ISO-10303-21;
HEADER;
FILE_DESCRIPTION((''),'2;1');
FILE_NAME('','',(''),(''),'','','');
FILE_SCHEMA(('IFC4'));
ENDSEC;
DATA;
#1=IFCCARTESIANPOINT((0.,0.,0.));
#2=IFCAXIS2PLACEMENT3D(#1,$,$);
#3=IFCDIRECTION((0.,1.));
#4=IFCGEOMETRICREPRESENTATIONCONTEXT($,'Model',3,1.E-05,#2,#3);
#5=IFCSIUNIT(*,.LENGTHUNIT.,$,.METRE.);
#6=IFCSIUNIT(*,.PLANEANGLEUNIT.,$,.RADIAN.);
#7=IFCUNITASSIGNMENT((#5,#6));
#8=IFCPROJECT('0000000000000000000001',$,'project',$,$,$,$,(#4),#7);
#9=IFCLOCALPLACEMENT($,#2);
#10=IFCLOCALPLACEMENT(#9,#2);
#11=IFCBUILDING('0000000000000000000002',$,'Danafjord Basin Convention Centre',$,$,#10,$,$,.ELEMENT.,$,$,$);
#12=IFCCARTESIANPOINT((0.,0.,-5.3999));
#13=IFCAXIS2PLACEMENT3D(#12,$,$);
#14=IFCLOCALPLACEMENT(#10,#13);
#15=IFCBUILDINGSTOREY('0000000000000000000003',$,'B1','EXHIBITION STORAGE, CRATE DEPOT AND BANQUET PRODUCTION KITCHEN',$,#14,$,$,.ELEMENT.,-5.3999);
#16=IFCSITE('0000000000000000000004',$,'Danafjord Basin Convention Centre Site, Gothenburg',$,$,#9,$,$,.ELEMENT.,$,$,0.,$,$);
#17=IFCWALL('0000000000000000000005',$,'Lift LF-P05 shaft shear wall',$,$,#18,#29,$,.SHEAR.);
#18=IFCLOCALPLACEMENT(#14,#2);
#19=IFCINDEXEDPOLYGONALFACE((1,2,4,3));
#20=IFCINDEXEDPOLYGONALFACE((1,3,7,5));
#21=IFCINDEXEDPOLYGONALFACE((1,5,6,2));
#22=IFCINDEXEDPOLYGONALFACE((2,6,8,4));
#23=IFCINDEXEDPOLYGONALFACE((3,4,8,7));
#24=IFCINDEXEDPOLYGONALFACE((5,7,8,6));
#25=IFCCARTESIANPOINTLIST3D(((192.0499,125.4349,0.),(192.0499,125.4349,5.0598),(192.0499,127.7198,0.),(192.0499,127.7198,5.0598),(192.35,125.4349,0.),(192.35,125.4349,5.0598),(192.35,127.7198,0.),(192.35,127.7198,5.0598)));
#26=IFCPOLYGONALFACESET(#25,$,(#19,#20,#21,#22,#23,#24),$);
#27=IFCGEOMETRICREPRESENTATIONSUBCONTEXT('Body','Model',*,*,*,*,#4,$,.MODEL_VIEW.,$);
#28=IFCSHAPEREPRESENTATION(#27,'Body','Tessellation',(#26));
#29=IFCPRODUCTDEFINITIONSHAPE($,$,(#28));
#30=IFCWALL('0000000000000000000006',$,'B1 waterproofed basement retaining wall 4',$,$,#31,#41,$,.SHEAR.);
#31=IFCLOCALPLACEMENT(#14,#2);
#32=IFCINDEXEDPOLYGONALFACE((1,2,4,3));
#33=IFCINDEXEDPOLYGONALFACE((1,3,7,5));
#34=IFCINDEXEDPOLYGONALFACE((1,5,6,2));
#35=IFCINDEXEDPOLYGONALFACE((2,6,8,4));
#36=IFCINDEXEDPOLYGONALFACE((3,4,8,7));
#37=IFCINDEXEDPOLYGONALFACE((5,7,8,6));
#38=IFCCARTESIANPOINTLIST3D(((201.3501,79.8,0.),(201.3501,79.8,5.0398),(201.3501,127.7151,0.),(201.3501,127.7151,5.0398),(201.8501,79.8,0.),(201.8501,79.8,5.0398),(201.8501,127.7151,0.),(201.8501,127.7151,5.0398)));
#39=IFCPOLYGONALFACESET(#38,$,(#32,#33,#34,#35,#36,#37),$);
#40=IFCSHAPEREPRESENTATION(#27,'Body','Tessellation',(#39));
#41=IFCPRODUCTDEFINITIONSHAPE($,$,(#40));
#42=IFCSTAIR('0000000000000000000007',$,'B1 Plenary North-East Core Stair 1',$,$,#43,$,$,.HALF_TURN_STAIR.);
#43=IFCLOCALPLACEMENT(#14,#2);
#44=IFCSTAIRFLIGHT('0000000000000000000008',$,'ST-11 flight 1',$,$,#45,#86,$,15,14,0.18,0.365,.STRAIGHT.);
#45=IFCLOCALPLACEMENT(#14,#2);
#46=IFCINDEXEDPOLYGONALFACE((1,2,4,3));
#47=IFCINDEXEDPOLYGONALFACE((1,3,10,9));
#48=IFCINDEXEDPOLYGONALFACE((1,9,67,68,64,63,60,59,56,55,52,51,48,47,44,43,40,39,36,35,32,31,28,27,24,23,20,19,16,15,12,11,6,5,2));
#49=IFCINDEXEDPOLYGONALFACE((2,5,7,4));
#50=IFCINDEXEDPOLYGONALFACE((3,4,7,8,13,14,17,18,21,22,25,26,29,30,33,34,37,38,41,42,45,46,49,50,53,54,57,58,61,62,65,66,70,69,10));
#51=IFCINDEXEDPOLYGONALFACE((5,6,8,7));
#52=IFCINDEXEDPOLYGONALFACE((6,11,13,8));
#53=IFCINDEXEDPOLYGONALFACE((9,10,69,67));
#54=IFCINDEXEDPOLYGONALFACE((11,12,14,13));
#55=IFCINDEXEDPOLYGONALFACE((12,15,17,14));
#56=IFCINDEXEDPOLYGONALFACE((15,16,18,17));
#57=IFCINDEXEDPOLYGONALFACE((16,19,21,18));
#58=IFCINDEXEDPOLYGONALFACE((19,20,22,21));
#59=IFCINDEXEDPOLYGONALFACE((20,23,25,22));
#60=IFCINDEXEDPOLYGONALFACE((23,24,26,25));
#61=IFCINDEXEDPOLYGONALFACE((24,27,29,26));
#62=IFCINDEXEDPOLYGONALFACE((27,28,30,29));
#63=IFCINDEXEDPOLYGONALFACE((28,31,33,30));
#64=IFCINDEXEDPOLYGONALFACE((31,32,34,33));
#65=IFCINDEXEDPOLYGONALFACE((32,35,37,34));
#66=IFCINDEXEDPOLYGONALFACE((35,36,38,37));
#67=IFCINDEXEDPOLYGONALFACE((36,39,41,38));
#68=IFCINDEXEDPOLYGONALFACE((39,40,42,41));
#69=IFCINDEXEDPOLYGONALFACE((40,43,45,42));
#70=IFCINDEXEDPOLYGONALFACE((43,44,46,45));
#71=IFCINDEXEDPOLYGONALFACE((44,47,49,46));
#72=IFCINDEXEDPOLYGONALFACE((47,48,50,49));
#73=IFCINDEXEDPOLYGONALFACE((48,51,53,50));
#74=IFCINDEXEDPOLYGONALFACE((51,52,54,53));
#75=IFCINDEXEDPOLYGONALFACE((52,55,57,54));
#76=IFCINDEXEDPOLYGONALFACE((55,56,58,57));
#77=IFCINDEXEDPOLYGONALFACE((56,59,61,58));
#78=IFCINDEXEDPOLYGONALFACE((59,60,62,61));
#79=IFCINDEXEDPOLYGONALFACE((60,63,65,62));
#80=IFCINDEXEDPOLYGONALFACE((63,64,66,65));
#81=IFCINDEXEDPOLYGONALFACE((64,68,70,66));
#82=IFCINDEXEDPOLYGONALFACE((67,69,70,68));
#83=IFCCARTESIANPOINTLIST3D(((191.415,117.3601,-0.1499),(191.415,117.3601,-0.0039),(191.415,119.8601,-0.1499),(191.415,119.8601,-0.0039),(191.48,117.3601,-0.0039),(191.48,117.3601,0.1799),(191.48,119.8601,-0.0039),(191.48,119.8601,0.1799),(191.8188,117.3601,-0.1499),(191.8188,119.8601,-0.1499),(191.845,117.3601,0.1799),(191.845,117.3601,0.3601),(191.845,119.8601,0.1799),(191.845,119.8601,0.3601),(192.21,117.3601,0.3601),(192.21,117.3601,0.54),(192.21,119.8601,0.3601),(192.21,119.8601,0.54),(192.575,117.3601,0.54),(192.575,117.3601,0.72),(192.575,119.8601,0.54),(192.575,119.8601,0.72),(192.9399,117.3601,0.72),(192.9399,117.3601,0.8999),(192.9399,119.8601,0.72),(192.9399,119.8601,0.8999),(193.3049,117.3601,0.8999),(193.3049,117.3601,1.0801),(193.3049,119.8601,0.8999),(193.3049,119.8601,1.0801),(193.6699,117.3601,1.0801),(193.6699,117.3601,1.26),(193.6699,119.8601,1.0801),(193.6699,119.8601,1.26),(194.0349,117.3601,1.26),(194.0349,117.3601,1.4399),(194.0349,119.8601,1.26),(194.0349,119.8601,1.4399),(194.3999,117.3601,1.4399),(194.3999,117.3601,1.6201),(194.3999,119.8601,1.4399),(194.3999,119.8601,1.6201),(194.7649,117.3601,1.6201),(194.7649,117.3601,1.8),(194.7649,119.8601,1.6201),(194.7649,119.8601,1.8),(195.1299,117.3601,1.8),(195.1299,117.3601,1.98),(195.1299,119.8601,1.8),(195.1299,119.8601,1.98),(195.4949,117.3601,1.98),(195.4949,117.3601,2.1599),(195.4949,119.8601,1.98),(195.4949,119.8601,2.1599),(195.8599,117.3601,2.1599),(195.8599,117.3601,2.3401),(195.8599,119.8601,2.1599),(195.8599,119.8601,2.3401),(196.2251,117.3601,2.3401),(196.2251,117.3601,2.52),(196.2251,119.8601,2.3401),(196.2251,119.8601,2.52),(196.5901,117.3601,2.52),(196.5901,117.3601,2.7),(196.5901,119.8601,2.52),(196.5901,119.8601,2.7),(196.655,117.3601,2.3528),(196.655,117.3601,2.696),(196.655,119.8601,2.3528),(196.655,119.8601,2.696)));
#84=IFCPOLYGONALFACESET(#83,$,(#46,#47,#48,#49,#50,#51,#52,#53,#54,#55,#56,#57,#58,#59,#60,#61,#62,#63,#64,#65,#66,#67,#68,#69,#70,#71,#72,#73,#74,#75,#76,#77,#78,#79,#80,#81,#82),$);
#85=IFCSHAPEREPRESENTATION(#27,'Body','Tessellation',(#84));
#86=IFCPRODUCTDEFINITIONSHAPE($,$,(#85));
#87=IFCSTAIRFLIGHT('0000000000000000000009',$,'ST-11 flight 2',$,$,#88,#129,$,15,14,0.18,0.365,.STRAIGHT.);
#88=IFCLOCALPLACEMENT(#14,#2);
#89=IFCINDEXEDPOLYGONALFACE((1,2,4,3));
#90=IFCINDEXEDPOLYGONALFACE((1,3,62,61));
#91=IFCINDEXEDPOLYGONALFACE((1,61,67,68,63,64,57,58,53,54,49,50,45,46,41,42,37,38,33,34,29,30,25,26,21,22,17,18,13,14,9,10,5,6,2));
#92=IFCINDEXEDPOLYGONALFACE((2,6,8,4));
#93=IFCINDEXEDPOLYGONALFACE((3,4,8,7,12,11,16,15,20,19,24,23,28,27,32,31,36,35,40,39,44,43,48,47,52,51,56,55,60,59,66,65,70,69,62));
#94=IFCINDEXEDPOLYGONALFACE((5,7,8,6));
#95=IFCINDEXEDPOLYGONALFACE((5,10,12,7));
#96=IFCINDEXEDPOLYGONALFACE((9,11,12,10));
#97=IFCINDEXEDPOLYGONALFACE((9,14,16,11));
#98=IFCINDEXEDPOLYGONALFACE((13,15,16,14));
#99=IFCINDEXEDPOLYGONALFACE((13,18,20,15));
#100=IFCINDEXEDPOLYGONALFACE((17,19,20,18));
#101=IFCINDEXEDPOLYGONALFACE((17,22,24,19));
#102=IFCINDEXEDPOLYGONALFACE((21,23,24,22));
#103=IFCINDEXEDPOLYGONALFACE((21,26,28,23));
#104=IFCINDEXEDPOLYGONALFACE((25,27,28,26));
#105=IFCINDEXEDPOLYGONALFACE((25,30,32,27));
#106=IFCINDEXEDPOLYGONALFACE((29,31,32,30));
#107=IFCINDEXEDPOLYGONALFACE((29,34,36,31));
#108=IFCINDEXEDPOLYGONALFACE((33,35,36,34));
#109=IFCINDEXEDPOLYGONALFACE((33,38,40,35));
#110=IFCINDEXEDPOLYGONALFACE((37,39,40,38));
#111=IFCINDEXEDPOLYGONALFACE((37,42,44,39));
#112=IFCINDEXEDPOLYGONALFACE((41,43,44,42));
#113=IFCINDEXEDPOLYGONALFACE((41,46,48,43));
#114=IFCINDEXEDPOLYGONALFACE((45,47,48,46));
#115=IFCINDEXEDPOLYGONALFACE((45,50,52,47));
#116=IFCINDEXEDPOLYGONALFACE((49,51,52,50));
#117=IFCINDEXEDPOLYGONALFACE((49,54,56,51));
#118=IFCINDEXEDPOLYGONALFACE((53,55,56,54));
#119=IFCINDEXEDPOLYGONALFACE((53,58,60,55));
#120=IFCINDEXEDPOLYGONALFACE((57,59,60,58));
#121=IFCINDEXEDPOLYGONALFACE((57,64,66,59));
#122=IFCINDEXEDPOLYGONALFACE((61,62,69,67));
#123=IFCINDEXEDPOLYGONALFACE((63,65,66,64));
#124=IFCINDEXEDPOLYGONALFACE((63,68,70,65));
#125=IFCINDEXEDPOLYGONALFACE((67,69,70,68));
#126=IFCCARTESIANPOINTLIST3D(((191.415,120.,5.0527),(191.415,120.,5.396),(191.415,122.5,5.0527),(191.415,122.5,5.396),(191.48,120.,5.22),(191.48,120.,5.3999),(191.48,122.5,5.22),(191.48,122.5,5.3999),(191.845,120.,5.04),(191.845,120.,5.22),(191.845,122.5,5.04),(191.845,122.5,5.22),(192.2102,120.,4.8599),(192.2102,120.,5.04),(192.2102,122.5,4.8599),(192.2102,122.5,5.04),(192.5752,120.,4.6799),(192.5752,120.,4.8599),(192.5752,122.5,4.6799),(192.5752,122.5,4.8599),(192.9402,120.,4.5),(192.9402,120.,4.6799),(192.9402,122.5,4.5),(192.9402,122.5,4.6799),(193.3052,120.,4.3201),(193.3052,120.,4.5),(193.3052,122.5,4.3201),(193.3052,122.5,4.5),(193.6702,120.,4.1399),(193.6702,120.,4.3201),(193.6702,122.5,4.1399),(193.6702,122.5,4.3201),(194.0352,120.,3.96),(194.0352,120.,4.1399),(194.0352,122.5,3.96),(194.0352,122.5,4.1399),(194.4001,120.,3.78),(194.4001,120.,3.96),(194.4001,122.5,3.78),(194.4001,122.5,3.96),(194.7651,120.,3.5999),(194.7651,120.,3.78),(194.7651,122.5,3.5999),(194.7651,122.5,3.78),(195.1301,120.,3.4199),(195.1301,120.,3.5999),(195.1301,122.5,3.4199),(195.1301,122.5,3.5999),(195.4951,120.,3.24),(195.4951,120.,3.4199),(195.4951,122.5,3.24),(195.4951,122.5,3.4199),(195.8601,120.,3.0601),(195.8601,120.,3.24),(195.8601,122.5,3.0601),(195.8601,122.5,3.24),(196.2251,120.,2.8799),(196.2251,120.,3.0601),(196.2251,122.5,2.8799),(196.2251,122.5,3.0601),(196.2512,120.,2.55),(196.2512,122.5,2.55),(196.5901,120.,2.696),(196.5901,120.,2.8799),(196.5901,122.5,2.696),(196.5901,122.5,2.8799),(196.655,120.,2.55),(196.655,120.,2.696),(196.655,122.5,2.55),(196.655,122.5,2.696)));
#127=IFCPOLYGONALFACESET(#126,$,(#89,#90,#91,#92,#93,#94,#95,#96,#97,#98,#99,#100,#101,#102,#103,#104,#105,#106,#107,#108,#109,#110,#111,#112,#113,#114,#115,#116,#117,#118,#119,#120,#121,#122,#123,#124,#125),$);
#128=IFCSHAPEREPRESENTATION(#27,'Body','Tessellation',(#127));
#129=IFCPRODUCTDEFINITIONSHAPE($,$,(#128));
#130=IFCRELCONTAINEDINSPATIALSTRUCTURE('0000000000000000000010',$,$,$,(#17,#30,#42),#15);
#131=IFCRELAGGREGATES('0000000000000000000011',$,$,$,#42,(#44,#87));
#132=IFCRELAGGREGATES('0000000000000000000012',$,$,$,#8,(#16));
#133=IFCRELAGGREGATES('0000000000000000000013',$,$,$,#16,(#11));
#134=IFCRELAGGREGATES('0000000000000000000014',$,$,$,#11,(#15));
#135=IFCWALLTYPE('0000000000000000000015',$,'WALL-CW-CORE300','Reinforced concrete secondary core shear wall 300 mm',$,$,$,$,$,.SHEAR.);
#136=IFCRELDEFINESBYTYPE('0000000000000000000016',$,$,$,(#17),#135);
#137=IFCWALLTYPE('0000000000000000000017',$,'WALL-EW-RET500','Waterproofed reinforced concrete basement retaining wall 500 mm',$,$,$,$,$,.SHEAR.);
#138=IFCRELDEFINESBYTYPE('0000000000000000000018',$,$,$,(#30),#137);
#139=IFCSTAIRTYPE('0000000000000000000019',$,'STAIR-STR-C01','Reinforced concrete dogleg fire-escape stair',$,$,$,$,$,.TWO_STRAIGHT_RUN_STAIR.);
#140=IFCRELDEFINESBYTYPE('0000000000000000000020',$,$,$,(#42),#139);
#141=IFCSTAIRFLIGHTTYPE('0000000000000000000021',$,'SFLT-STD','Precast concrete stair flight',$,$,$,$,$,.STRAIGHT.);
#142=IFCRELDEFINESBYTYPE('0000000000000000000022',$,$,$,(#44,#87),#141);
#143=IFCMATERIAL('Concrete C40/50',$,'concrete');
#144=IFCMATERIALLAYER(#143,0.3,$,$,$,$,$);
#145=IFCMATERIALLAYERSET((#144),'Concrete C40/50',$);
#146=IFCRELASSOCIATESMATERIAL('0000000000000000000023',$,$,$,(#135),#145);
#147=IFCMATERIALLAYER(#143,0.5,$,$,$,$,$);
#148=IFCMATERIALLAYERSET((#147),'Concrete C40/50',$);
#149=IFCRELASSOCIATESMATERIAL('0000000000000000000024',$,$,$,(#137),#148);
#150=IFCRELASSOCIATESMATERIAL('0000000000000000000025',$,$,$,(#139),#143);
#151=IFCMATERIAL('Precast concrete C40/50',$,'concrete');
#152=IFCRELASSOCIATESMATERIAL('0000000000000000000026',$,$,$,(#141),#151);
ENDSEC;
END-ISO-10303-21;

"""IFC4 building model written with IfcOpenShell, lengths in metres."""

from ifc_helpers import new_model, si_unit, direction, frame, frame_2d, origin, place, context, subcontext, project, spatial, polyline, rectangle, outline, extrude, material, layer, layer_set, type_object, element, aggregate, save


model = new_model("IFC4")

# Units and contexts
model_context = context("Model", 3, precision=1e-05, world=origin(), true_north=direction((0.0, 1.0)))
body_context = subcontext(model_context, "Body", "Model", "MODEL_VIEW")
ifc_project = project(units=[si_unit("LENGTHUNIT", "METRE"), si_unit("PLANEANGLEUNIT", "RADIAN")], contexts=[model_context])

# Site, building, storey
site_placement = place(None, origin())
site = spatial("IfcSite", under=ifc_project, at=site_placement, Name="Danafjord Basin Convention Centre Site, Gothenburg", CompositionType="ELEMENT", RefElevation=0.0)
building_placement = place(site_placement, origin())
building = spatial("IfcBuilding", under=site, at=building_placement, Name="Danafjord Basin Convention Centre", CompositionType="ELEMENT")
storey_placement = place(building_placement, frame((0.0, 0.0, -5.3999)))
storey = spatial("IfcBuildingStorey", under=building, at=storey_placement, Name="B1", Description="EXHIBITION STORAGE, CRATE DEPOT AND BANQUET PRODUCTION KITCHEN", CompositionType="ELEMENT", Elevation=-5.3999)

# Shared definitions
ifc_material_1 = material(Name="Concrete C40/50", Category="concrete")

# Shared definitions
ifc_layer_1 = layer(ifc_material_1, 0.3)
ifc_layer_set_1 = layer_set([ifc_layer_1], Name="Concrete C40/50")
wall_type_1 = type_object("IfcWallType", Name="WALL-CW-CORE300", Description="Reinforced concrete secondary core shear wall 300 mm", PredefinedType="SHEAR", material=ifc_layer_set_1)

# Walls
wall_1_placement = place(storey_placement, frame((192.2, 127.72, 0.0), z_axis=(0.0, 0.0, 1.0), x_axis=(0.0, -1.0, 0.0)))
element("IfcWall", 1, at=wall_1_placement, inside=storey, type_object=wall_type_1, Name="Lift LF-P05 shaft shear wall", PredefinedType="SHEAR", context=body_context, shape_type="SweptSolid", body=[
    extrude(rectangle(XDim=2.2849, YDim=0.3, at=frame_2d((1.1426, 0.0))), origin(), (0.0, 0.0, 1.0), 5.0598),
])
ifc_layer_2 = layer(ifc_material_1, 0.5)
ifc_layer_set_2 = layer_set([ifc_layer_2], Name="Concrete C40/50")
wall_type_2 = type_object("IfcWallType", Name="WALL-EW-RET500", Description="Waterproofed reinforced concrete basement retaining wall 500 mm", PredefinedType="SHEAR", material=ifc_layer_set_2)
wall_2_placement = place(storey_placement, frame((201.6001, 127.7151, 0.0), z_axis=(0.0, 0.0, 1.0), x_axis=(0.0, -1.0, 0.0)))
element("IfcWall", 2, at=wall_2_placement, inside=storey, type_object=wall_type_2, Name="B1 waterproofed basement retaining wall 4", PredefinedType="SHEAR", context=body_context, shape_type="SweptSolid", body=[
    extrude(rectangle(XDim=47.915, YDim=0.5, at=frame_2d((23.9575, 0.0))), origin(), (0.0, 0.0, 1.0), 5.0398),
])

# Stair, stair flights
stair_type = type_object("IfcStairType", Name="STAIR-STR-C01", Description="Reinforced concrete dogleg fire-escape stair", PredefinedType="TWO_STRAIGHT_RUN_STAIR", material=ifc_material_1)
stair_placement = place(storey_placement, origin())
stair = element("IfcStair", 3, at=stair_placement, inside=storey, type_object=stair_type, Name="B1 Plenary North-East Core Stair 1", PredefinedType="HALF_TURN_STAIR")
ifc_material_2 = material(Name="Precast concrete C40/50", Category="concrete")
stair_flight_type = type_object("IfcStairFlightType", Name="SFLT-STD", Description="Precast concrete stair flight", PredefinedType="STRAIGHT", material=ifc_material_2)
stair_flight_1_placement = place(storey_placement, frame((191.48, 118.6101, 0.0), z_axis=(0.0, 0.0, 1.0), x_axis=(1.0, 0.0, 0.0)))
stair_flight_1 = element("IfcStairFlight", 4, at=stair_flight_1_placement, type_object=stair_flight_type, Name="ST-11 flight 1", NumberOfRisers=15, NumberOfTreads=14, PredefinedType="STRAIGHT", RiserHeight=0.18, TreadLength=0.365, context=body_context, shape_type="SweptSolid", body=[
    extrude(outline(polyline([(-0.0649, -0.1499), (-0.0649, -0.0039), (0.0, -0.0039), (0.0, 0.1799), (0.365, 0.1799), (0.365, 0.3601), (0.73, 0.3601), (0.73, 0.54), (1.095, 0.54), (1.095, 0.72), (1.46, 0.72), (1.46, 0.8999), (1.825, 0.8999), (1.825, 1.0801), (2.1899, 1.0801), (2.1899, 1.26), (2.5549, 1.26), (2.5549, 1.4399), (2.9199, 1.4399), (2.9199, 1.6201), (3.2849, 1.6201), (3.2849, 1.8), (3.6499, 1.8), (3.6499, 1.98), (4.0149, 1.98), (4.0149, 2.1599), (4.3799, 2.1599), (4.3799, 2.3401), (4.7451, 2.3401), (4.7451, 2.52), (5.1101, 2.52), (5.1101, 2.7), (5.175, 2.696), (5.175, 2.3528), (0.3389, -0.1499), (-0.0649, -0.1499)])), frame((0.0, 1.25, 0.0), z_axis=(0.0, -1.0, 0.0), x_axis=(1.0, 0.0, 0.0)), (0.0, 0.0, 1.0), 2.5),
])
stair_flight_2_placement = place(storey_placement, frame((196.5901, 121.25, 2.7), z_axis=(0.0, 0.0, 1.0), x_axis=(-1.0, 0.0, 0.0)))
stair_flight_2 = element("IfcStairFlight", 5, at=stair_flight_2_placement, type_object=stair_flight_type, Name="ST-11 flight 2", NumberOfRisers=15, NumberOfTreads=14, PredefinedType="STRAIGHT", RiserHeight=0.18, TreadLength=0.365, context=body_context, shape_type="SweptSolid", body=[
    extrude(outline(polyline([(-0.0649, -0.1499), (-0.0649, -0.0039), (0.0, -0.0039), (0.0, 0.1799), (0.365, 0.1799), (0.365, 0.3601), (0.73, 0.3601), (0.73, 0.54), (1.095, 0.54), (1.095, 0.72), (1.46, 0.72), (1.46, 0.8999), (1.825, 0.8999), (1.825, 1.0801), (2.1899, 1.0801), (2.1899, 1.26), (2.5549, 1.26), (2.5549, 1.4399), (2.9199, 1.4399), (2.9199, 1.6201), (3.2849, 1.6201), (3.2849, 1.8), (3.6499, 1.8), (3.6499, 1.98), (4.0149, 1.98), (4.0149, 2.1599), (4.3799, 2.1599), (4.3799, 2.3401), (4.7451, 2.3401), (4.7451, 2.52), (5.1101, 2.52), (5.1101, 2.7), (5.175, 2.696), (5.175, 2.3528), (0.3389, -0.1499), (-0.0649, -0.1499)])), frame((0.0, 1.25, 0.0), z_axis=(0.0, -1.0, 0.0), x_axis=(1.0, 0.0, 0.0)), (0.0, 0.0, 1.0), 2.5),
])
aggregate(stair, [stair_flight_1, stair_flight_2])

save(model, "model.ifc")
